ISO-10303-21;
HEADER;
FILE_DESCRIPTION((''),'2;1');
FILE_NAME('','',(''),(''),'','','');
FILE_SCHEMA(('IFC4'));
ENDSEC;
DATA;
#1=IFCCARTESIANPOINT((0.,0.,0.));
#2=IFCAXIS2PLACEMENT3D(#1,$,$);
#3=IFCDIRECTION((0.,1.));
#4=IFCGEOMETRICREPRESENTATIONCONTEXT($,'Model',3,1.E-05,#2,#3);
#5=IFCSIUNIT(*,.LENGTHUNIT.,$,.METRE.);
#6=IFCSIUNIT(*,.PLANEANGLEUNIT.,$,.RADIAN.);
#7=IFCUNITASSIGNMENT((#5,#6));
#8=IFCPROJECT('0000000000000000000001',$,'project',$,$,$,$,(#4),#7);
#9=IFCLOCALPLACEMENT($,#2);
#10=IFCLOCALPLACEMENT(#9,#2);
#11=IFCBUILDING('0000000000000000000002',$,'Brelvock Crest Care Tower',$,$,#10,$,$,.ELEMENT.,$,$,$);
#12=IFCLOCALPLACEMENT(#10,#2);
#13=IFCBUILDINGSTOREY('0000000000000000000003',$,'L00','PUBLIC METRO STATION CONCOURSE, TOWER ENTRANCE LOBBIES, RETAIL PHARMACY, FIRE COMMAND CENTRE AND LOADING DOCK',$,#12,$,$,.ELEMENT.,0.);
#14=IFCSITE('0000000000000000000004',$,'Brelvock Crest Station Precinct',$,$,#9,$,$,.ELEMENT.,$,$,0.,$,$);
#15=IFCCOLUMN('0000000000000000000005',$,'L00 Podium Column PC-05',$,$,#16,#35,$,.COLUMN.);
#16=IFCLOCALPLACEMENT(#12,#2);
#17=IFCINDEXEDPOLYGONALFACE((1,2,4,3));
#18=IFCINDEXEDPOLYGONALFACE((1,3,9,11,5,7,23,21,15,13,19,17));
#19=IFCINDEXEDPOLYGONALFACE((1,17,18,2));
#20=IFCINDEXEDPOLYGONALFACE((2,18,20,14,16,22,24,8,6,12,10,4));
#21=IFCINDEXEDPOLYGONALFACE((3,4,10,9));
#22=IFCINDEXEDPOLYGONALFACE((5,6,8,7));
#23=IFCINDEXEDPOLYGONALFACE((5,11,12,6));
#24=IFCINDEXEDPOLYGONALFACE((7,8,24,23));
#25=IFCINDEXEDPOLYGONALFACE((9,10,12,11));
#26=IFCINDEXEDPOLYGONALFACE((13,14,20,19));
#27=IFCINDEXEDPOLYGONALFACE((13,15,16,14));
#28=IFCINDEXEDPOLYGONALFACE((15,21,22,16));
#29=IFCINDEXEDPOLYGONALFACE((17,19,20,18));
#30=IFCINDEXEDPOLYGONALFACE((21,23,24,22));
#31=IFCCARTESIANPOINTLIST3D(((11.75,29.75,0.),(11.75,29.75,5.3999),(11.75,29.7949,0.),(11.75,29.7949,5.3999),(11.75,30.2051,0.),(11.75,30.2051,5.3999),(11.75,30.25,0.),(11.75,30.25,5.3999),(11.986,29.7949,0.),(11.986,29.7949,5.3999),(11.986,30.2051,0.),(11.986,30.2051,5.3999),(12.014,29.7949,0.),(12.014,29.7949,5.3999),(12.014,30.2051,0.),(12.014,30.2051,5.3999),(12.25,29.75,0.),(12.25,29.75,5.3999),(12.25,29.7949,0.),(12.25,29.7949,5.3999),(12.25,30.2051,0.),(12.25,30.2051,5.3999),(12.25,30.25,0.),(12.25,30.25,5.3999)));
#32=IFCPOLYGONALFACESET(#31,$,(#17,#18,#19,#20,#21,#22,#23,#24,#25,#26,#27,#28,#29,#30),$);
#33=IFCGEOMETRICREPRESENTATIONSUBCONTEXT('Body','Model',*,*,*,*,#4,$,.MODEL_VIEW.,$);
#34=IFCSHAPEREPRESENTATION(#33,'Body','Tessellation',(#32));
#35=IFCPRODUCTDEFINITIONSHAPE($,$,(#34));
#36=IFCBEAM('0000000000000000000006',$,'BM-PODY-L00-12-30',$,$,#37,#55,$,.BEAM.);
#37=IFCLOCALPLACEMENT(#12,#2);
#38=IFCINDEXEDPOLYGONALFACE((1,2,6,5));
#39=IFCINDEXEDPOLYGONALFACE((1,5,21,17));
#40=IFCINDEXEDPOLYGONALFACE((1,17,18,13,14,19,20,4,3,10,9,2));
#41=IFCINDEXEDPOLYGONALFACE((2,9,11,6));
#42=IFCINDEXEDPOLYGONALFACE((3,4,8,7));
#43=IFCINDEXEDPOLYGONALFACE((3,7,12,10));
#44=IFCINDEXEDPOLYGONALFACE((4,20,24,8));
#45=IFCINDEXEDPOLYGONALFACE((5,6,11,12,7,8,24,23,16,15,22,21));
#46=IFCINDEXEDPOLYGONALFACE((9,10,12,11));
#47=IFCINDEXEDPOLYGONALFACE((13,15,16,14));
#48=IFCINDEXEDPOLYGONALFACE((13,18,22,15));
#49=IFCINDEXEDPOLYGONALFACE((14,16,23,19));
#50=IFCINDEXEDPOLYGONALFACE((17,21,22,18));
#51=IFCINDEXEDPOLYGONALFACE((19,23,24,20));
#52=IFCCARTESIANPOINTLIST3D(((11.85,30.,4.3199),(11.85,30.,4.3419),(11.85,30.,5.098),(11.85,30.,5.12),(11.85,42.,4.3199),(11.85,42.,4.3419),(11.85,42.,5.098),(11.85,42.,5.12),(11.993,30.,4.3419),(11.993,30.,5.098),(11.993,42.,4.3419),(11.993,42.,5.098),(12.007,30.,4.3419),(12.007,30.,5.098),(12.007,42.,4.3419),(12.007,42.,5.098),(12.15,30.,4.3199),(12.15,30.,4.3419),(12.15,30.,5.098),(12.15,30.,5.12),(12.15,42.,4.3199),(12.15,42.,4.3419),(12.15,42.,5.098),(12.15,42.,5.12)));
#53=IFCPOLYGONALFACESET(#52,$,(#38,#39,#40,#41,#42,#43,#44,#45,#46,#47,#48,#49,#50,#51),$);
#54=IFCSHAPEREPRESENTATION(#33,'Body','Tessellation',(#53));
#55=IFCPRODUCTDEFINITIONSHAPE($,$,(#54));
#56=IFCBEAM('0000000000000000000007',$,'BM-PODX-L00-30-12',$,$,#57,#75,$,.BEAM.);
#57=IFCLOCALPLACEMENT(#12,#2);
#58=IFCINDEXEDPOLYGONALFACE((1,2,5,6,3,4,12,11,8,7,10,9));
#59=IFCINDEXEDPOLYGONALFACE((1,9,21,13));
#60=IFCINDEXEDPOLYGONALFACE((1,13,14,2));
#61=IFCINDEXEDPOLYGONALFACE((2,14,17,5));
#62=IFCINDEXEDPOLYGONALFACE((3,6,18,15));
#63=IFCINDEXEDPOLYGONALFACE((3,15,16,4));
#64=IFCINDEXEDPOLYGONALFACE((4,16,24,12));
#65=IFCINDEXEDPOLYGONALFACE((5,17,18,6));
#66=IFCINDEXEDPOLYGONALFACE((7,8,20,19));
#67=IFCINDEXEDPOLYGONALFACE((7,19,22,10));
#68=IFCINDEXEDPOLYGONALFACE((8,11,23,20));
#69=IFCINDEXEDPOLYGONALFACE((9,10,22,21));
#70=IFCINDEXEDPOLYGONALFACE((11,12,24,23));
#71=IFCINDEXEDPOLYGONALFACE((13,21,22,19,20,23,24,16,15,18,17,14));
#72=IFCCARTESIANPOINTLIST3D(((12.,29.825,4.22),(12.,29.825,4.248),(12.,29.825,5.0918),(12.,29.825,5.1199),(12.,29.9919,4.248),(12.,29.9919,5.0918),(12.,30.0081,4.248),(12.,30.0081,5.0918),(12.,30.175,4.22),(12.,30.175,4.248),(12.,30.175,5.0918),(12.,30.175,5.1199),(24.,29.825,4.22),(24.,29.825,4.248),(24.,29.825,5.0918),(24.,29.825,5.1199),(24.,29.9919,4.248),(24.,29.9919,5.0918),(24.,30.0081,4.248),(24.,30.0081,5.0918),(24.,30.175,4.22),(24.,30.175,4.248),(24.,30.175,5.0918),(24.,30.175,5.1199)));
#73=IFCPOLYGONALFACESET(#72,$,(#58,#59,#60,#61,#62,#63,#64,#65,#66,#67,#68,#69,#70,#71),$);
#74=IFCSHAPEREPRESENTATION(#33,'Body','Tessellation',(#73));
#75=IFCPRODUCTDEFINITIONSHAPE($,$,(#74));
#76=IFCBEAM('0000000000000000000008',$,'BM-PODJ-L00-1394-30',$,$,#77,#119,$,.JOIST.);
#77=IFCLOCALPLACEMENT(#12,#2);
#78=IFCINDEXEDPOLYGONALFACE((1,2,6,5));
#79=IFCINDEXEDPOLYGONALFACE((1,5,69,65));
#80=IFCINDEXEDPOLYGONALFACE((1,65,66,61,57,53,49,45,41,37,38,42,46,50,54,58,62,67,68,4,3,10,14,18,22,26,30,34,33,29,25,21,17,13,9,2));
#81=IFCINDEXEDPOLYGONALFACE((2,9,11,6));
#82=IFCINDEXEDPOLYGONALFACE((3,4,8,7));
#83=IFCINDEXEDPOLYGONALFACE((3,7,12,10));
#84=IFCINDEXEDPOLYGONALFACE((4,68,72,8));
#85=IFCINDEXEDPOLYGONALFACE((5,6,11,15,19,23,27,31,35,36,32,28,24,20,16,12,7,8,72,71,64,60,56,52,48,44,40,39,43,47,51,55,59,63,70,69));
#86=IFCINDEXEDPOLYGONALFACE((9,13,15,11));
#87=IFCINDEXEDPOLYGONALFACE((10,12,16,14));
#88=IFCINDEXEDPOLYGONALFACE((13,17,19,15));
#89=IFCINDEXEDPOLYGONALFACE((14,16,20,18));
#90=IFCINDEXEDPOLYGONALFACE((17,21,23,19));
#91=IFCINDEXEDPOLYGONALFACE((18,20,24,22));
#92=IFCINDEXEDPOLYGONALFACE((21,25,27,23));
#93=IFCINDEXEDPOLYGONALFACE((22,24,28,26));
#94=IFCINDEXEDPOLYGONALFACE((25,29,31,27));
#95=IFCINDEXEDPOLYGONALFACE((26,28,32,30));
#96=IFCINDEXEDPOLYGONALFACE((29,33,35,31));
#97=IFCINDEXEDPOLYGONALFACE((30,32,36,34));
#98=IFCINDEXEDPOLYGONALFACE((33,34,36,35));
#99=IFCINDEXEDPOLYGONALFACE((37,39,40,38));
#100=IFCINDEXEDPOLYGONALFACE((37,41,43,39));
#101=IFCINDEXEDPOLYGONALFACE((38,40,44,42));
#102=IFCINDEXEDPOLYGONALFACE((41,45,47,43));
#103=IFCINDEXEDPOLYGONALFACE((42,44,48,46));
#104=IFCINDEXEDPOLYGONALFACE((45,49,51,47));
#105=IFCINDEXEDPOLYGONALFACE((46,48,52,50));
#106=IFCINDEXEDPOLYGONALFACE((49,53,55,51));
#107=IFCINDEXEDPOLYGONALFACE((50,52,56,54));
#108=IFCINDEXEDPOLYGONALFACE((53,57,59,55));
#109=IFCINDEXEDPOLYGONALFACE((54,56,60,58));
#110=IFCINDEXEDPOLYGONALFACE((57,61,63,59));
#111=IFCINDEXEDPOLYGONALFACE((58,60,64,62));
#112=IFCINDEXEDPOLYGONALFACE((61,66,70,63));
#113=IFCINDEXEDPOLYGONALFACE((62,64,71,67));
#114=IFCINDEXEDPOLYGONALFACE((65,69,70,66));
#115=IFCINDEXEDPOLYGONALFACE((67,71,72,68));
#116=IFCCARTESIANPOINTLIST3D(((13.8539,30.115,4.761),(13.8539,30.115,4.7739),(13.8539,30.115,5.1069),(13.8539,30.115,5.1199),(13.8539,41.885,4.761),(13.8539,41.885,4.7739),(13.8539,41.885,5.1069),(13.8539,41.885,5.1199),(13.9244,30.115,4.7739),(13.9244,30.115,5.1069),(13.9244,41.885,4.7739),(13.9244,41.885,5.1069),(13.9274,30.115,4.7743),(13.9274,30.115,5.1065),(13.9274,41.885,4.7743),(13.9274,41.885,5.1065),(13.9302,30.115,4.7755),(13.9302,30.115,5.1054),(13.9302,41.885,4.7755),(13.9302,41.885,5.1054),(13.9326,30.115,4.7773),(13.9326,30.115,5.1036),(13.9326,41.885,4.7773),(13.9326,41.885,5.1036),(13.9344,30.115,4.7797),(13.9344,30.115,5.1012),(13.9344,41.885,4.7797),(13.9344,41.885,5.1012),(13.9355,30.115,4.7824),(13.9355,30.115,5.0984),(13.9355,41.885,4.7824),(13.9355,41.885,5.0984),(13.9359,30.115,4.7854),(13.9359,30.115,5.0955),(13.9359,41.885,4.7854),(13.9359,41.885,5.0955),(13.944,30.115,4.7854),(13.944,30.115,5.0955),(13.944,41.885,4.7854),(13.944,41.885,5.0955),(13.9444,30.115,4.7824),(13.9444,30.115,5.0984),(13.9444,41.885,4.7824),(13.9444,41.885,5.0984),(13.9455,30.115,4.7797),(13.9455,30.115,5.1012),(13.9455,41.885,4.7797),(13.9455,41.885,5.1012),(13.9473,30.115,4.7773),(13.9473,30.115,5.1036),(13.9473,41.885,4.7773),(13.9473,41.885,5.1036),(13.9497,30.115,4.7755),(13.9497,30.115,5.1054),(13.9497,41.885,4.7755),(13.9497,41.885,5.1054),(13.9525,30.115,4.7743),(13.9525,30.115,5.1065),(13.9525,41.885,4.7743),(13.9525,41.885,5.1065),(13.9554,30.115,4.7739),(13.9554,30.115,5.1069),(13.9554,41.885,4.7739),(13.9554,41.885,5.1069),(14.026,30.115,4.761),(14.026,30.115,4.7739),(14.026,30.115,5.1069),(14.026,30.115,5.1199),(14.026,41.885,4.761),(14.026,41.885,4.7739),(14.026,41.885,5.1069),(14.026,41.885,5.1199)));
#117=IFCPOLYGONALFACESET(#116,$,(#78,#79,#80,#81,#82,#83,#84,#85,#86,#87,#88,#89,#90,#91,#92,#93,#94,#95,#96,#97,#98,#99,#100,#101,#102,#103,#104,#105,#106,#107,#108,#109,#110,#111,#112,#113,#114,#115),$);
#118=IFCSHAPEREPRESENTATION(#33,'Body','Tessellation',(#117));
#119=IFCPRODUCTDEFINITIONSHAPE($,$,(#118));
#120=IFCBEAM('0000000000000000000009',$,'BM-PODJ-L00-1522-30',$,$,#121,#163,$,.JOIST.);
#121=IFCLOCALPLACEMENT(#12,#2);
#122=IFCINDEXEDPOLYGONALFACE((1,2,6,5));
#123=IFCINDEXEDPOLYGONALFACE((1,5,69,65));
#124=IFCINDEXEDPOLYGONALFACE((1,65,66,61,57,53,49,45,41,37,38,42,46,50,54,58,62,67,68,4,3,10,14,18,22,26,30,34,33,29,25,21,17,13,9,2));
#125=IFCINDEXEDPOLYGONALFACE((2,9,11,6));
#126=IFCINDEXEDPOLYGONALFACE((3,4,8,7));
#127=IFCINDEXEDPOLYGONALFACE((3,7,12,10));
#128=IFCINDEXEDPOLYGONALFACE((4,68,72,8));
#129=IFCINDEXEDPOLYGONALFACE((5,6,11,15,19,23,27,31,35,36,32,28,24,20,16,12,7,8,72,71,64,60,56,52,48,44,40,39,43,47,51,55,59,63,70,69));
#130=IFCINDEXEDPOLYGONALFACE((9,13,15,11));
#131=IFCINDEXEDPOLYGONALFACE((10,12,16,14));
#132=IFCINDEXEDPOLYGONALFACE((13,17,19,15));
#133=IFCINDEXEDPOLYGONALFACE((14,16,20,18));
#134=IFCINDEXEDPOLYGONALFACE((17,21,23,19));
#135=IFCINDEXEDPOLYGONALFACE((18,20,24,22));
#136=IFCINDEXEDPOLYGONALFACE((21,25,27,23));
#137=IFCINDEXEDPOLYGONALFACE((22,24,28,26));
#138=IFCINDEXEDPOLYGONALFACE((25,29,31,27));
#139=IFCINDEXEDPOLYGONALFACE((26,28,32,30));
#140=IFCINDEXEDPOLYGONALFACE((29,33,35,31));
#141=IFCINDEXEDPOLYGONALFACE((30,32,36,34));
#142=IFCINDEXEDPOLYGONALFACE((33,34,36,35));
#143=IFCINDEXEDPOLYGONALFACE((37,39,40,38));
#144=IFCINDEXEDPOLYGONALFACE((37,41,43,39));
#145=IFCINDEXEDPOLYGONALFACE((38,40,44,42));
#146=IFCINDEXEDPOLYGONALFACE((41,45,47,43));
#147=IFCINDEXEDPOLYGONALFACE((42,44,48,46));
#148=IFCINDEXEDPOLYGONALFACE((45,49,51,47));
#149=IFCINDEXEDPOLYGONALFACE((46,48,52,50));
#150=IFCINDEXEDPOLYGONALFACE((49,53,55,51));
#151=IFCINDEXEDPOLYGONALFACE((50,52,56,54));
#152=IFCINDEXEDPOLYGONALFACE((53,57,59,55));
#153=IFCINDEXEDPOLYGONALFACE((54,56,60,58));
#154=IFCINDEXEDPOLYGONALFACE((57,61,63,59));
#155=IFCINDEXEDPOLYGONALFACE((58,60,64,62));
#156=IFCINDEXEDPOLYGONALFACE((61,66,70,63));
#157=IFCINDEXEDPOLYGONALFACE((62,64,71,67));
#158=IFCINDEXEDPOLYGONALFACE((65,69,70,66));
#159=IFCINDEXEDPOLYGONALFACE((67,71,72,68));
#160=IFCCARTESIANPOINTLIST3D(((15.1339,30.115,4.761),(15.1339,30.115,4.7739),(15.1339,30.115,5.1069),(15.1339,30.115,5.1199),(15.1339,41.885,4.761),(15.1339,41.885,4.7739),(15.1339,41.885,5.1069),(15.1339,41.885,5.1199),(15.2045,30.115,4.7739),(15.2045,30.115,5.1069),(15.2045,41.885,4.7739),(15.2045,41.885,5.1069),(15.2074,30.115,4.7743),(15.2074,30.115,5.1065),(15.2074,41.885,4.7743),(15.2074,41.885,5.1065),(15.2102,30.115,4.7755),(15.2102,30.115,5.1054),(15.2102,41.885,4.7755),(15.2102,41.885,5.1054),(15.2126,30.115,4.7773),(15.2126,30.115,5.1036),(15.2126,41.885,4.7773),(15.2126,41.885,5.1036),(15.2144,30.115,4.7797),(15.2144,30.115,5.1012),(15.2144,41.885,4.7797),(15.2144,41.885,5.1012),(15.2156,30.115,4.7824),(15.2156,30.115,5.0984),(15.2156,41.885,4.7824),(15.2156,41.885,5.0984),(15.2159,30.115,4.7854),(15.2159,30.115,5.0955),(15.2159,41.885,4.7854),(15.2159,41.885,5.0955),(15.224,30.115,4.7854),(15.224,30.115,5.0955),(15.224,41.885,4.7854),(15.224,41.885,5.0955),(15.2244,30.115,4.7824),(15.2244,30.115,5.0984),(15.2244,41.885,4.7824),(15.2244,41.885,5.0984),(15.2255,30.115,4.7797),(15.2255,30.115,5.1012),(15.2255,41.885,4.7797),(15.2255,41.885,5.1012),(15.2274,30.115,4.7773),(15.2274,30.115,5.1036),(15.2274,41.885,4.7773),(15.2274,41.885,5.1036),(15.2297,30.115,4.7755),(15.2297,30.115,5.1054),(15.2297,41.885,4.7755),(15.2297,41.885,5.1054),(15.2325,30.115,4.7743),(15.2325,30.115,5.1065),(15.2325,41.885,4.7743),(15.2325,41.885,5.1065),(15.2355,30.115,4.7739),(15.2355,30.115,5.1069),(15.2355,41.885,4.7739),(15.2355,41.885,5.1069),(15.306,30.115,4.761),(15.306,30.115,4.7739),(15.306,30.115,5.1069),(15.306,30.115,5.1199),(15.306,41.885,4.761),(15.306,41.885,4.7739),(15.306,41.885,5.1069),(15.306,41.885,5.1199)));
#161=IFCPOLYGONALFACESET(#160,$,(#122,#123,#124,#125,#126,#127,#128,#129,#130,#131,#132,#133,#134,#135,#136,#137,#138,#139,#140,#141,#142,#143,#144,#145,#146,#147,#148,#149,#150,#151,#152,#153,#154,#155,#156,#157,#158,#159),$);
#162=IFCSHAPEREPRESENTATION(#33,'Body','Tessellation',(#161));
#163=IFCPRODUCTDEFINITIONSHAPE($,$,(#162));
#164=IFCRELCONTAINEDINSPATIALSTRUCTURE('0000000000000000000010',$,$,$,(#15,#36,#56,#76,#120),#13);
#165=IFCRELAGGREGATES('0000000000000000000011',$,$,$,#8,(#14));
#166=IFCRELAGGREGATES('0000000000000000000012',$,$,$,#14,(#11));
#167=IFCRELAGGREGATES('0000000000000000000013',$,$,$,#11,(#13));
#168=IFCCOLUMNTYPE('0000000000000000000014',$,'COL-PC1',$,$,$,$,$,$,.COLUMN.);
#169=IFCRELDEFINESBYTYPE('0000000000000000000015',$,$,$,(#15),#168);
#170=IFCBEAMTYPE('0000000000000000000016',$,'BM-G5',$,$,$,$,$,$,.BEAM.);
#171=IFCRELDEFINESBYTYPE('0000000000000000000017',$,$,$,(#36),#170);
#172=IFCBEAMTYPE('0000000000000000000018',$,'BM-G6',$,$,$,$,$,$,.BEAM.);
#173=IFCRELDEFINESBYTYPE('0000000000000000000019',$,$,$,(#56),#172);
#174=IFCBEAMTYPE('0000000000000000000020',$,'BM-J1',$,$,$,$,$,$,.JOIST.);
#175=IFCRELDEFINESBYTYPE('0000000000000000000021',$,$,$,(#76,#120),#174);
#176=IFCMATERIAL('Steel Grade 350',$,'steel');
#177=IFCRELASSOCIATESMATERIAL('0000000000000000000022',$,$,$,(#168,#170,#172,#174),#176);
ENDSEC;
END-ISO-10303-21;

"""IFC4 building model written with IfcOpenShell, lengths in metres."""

from ifc_helpers import new_model, si_unit, direction, frame, origin, origin_2d, place, context, subcontext, project, spatial, i_section, extrude, source, transform, mapped, material, material_profile, profile_set, type_object, element, save


model = new_model("IFC4")

# Units and contexts
model_context = context("Model", 3, precision=1e-05, world=origin(), true_north=direction((0.0, 1.0)))
body_context = subcontext(model_context, "Body", "Model", "MODEL_VIEW")
ifc_project = project(units=[si_unit("LENGTHUNIT", "METRE"), si_unit("PLANEANGLEUNIT", "RADIAN")], contexts=[model_context])

# Site, building, storey
site_placement = place(None, origin())
site = spatial("IfcSite", under=ifc_project, at=site_placement, Name="Brelvock Crest Station Precinct", CompositionType="ELEMENT", RefElevation=0.0)
building_placement = place(site_placement, origin())
building = spatial("IfcBuilding", under=site, at=building_placement, Name="Brelvock Crest Care Tower", CompositionType="ELEMENT")
storey_placement = place(building_placement, origin())
storey = spatial("IfcBuildingStorey", under=building, at=storey_placement, Name="L00", Description="PUBLIC METRO STATION CONCOURSE, TOWER ENTRANCE LOBBIES, RETAIL PHARMACY, FIRE COMMAND CENTRE AND LOADING DOCK", CompositionType="ELEMENT", Elevation=0.0)

# Column
ifc_material_1 = material(Name="Steel Grade 350", Category="steel")
ifc_material_profile_1 = material_profile(ifc_material_1, i_section(OverallWidth=0.5, OverallDepth=0.5, WebThickness=0.0281, FlangeThickness=0.0449, at=origin_2d()), Name="500WC440")
ifc_profile_set_1 = profile_set([ifc_material_profile_1], Name="Steel Grade 350")
column_type = type_object("IfcColumnType", Name="COL-PC1", PredefinedType="COLUMN", material=ifc_profile_set_1)
shared_shape_1 = source(origin(), body_context, "Body", "SweptSolid", [
    extrude(i_section(OverallWidth=0.5, OverallDepth=0.5, WebThickness=0.0281, FlangeThickness=0.0449, at=origin_2d()), origin(), (0.0, 0.0, 1.0), 5.3999),
])
column_placement = place(storey_placement, frame((12.0, 30.0, 0.0), z_axis=(0.0, 0.0, 1.0), x_axis=(1.0, 0.0, 0.0)))
element("IfcColumn", 1, at=column_placement, inside=storey, type_object=column_type, Name="L00 Podium Column PC-05", PredefinedType="COLUMN", context=body_context, shape_type="MappedRepresentation", body=[
    mapped(shared_shape_1, transform((0.0, 0.0, 0.0), x_axis=(1.0, 0.0, 0.0), y_axis=(0.0, 1.0, 0.0), z_axis=(0.0, 0.0, 1.0), scale=1.0)),
])

# Beams
ifc_material_profile_2 = material_profile(ifc_material_1, i_section(OverallWidth=0.3, OverallDepth=0.8, WebThickness=0.0139, FlangeThickness=0.022, at=origin_2d()), Name="800WB192")
ifc_profile_set_2 = profile_set([ifc_material_profile_2], Name="Steel Grade 350")
beam_type_1 = type_object("IfcBeamType", Name="BM-G5", PredefinedType="BEAM", material=ifc_profile_set_2)
shared_shape_2 = source(origin(), body_context, "Body", "SweptSolid", [
    extrude(i_section(OverallWidth=0.3, OverallDepth=0.8, WebThickness=0.0139, FlangeThickness=0.022, at=origin_2d()), origin(), (0.0, 0.0, 1.0), 12.0),
])
beam_1_placement = place(storey_placement, frame((12.0, 30.0, 4.72), z_axis=(0.0, 1.0, 0.0), x_axis=(-1.0, 0.0, 0.0)))
element("IfcBeam", 2, at=beam_1_placement, inside=storey, type_object=beam_type_1, Name="BM-PODY-L00-12-30", PredefinedType="BEAM", context=body_context, shape_type="MappedRepresentation", body=[
    mapped(shared_shape_2, transform((0.0, 0.0, 0.0), x_axis=(1.0, 0.0, 0.0), y_axis=(0.0, 1.0, 0.0), z_axis=(0.0, 0.0, 1.0), scale=1.0)),
])
ifc_material_profile_3 = material_profile(ifc_material_1, i_section(OverallWidth=0.3501, OverallDepth=0.8999, WebThickness=0.0161, FlangeThickness=0.0281, at=origin_2d()), Name="900WB257")
ifc_profile_set_3 = profile_set([ifc_material_profile_3], Name="Steel Grade 350")
beam_type_2 = type_object("IfcBeamType", Name="BM-G6", PredefinedType="BEAM", material=ifc_profile_set_3)
shared_shape_3 = source(origin(), body_context, "Body", "SweptSolid", [
    extrude(i_section(OverallWidth=0.3501, OverallDepth=0.8999, WebThickness=0.0161, FlangeThickness=0.0281, at=origin_2d()), origin(), (0.0, 0.0, 1.0), 12.0),
])
beam_2_placement = place(storey_placement, frame((12.0, 30.0, 4.6699), z_axis=(1.0, 0.0, 0.0), x_axis=(0.0, 1.0, 0.0)))
element("IfcBeam", 3, at=beam_2_placement, inside=storey, type_object=beam_type_2, Name="BM-PODX-L00-30-12", PredefinedType="BEAM", context=body_context, shape_type="MappedRepresentation", body=[
    mapped(shared_shape_3, transform((0.0, 0.0, 0.0), x_axis=(1.0, 0.0, 0.0), y_axis=(0.0, 1.0, 0.0), z_axis=(0.0, 0.0, 1.0), scale=1.0)),
])
ifc_material_profile_4 = material_profile(ifc_material_1, i_section(OverallWidth=0.1721, OverallDepth=0.3589, WebThickness=0.0081, FlangeThickness=0.0129, FilletRadius=0.0115, at=origin_2d()), Name="360UB56.7")
ifc_profile_set_4 = profile_set([ifc_material_profile_4], Name="Steel Grade 350")
beam_type_3 = type_object("IfcBeamType", Name="BM-J1", PredefinedType="JOIST", material=ifc_profile_set_4)
shared_shape_4 = source(origin(), body_context, "Body", "SweptSolid", [
    extrude(i_section(OverallWidth=0.1721, OverallDepth=0.3589, WebThickness=0.0081, FlangeThickness=0.0129, FilletRadius=0.0115, at=origin_2d()), origin(), (0.0, 0.0, 1.0), 11.77),
])
for number, where, z_axis, x_axis, name in (
    (4, (13.9399, 30.115, 4.9404), (0.0, 1.0, 0.0), (-1.0, 0.0, 0.0), "BM-PODJ-L00-1394-30"),
    (5, (15.22, 30.115, 4.9404), (0.0, 1.0, 0.0), (-1.0, 0.0, 0.0), "BM-PODJ-L00-1522-30"),
):
    element("IfcBeam", number, at=place(storey_placement, frame(where, z_axis=z_axis, x_axis=x_axis)), inside=storey, type_object=beam_type_3, Name=name, PredefinedType="JOIST", context=body_context, shape_type="MappedRepresentation", body=[
        mapped(shared_shape_4, transform((0.0, 0.0, 0.0), x_axis=(1.0, 0.0, 0.0), y_axis=(0.0, 1.0, 0.0), z_axis=(0.0, 0.0, 1.0), scale=1.0)),
    ])

save(model, "model.ifc")
